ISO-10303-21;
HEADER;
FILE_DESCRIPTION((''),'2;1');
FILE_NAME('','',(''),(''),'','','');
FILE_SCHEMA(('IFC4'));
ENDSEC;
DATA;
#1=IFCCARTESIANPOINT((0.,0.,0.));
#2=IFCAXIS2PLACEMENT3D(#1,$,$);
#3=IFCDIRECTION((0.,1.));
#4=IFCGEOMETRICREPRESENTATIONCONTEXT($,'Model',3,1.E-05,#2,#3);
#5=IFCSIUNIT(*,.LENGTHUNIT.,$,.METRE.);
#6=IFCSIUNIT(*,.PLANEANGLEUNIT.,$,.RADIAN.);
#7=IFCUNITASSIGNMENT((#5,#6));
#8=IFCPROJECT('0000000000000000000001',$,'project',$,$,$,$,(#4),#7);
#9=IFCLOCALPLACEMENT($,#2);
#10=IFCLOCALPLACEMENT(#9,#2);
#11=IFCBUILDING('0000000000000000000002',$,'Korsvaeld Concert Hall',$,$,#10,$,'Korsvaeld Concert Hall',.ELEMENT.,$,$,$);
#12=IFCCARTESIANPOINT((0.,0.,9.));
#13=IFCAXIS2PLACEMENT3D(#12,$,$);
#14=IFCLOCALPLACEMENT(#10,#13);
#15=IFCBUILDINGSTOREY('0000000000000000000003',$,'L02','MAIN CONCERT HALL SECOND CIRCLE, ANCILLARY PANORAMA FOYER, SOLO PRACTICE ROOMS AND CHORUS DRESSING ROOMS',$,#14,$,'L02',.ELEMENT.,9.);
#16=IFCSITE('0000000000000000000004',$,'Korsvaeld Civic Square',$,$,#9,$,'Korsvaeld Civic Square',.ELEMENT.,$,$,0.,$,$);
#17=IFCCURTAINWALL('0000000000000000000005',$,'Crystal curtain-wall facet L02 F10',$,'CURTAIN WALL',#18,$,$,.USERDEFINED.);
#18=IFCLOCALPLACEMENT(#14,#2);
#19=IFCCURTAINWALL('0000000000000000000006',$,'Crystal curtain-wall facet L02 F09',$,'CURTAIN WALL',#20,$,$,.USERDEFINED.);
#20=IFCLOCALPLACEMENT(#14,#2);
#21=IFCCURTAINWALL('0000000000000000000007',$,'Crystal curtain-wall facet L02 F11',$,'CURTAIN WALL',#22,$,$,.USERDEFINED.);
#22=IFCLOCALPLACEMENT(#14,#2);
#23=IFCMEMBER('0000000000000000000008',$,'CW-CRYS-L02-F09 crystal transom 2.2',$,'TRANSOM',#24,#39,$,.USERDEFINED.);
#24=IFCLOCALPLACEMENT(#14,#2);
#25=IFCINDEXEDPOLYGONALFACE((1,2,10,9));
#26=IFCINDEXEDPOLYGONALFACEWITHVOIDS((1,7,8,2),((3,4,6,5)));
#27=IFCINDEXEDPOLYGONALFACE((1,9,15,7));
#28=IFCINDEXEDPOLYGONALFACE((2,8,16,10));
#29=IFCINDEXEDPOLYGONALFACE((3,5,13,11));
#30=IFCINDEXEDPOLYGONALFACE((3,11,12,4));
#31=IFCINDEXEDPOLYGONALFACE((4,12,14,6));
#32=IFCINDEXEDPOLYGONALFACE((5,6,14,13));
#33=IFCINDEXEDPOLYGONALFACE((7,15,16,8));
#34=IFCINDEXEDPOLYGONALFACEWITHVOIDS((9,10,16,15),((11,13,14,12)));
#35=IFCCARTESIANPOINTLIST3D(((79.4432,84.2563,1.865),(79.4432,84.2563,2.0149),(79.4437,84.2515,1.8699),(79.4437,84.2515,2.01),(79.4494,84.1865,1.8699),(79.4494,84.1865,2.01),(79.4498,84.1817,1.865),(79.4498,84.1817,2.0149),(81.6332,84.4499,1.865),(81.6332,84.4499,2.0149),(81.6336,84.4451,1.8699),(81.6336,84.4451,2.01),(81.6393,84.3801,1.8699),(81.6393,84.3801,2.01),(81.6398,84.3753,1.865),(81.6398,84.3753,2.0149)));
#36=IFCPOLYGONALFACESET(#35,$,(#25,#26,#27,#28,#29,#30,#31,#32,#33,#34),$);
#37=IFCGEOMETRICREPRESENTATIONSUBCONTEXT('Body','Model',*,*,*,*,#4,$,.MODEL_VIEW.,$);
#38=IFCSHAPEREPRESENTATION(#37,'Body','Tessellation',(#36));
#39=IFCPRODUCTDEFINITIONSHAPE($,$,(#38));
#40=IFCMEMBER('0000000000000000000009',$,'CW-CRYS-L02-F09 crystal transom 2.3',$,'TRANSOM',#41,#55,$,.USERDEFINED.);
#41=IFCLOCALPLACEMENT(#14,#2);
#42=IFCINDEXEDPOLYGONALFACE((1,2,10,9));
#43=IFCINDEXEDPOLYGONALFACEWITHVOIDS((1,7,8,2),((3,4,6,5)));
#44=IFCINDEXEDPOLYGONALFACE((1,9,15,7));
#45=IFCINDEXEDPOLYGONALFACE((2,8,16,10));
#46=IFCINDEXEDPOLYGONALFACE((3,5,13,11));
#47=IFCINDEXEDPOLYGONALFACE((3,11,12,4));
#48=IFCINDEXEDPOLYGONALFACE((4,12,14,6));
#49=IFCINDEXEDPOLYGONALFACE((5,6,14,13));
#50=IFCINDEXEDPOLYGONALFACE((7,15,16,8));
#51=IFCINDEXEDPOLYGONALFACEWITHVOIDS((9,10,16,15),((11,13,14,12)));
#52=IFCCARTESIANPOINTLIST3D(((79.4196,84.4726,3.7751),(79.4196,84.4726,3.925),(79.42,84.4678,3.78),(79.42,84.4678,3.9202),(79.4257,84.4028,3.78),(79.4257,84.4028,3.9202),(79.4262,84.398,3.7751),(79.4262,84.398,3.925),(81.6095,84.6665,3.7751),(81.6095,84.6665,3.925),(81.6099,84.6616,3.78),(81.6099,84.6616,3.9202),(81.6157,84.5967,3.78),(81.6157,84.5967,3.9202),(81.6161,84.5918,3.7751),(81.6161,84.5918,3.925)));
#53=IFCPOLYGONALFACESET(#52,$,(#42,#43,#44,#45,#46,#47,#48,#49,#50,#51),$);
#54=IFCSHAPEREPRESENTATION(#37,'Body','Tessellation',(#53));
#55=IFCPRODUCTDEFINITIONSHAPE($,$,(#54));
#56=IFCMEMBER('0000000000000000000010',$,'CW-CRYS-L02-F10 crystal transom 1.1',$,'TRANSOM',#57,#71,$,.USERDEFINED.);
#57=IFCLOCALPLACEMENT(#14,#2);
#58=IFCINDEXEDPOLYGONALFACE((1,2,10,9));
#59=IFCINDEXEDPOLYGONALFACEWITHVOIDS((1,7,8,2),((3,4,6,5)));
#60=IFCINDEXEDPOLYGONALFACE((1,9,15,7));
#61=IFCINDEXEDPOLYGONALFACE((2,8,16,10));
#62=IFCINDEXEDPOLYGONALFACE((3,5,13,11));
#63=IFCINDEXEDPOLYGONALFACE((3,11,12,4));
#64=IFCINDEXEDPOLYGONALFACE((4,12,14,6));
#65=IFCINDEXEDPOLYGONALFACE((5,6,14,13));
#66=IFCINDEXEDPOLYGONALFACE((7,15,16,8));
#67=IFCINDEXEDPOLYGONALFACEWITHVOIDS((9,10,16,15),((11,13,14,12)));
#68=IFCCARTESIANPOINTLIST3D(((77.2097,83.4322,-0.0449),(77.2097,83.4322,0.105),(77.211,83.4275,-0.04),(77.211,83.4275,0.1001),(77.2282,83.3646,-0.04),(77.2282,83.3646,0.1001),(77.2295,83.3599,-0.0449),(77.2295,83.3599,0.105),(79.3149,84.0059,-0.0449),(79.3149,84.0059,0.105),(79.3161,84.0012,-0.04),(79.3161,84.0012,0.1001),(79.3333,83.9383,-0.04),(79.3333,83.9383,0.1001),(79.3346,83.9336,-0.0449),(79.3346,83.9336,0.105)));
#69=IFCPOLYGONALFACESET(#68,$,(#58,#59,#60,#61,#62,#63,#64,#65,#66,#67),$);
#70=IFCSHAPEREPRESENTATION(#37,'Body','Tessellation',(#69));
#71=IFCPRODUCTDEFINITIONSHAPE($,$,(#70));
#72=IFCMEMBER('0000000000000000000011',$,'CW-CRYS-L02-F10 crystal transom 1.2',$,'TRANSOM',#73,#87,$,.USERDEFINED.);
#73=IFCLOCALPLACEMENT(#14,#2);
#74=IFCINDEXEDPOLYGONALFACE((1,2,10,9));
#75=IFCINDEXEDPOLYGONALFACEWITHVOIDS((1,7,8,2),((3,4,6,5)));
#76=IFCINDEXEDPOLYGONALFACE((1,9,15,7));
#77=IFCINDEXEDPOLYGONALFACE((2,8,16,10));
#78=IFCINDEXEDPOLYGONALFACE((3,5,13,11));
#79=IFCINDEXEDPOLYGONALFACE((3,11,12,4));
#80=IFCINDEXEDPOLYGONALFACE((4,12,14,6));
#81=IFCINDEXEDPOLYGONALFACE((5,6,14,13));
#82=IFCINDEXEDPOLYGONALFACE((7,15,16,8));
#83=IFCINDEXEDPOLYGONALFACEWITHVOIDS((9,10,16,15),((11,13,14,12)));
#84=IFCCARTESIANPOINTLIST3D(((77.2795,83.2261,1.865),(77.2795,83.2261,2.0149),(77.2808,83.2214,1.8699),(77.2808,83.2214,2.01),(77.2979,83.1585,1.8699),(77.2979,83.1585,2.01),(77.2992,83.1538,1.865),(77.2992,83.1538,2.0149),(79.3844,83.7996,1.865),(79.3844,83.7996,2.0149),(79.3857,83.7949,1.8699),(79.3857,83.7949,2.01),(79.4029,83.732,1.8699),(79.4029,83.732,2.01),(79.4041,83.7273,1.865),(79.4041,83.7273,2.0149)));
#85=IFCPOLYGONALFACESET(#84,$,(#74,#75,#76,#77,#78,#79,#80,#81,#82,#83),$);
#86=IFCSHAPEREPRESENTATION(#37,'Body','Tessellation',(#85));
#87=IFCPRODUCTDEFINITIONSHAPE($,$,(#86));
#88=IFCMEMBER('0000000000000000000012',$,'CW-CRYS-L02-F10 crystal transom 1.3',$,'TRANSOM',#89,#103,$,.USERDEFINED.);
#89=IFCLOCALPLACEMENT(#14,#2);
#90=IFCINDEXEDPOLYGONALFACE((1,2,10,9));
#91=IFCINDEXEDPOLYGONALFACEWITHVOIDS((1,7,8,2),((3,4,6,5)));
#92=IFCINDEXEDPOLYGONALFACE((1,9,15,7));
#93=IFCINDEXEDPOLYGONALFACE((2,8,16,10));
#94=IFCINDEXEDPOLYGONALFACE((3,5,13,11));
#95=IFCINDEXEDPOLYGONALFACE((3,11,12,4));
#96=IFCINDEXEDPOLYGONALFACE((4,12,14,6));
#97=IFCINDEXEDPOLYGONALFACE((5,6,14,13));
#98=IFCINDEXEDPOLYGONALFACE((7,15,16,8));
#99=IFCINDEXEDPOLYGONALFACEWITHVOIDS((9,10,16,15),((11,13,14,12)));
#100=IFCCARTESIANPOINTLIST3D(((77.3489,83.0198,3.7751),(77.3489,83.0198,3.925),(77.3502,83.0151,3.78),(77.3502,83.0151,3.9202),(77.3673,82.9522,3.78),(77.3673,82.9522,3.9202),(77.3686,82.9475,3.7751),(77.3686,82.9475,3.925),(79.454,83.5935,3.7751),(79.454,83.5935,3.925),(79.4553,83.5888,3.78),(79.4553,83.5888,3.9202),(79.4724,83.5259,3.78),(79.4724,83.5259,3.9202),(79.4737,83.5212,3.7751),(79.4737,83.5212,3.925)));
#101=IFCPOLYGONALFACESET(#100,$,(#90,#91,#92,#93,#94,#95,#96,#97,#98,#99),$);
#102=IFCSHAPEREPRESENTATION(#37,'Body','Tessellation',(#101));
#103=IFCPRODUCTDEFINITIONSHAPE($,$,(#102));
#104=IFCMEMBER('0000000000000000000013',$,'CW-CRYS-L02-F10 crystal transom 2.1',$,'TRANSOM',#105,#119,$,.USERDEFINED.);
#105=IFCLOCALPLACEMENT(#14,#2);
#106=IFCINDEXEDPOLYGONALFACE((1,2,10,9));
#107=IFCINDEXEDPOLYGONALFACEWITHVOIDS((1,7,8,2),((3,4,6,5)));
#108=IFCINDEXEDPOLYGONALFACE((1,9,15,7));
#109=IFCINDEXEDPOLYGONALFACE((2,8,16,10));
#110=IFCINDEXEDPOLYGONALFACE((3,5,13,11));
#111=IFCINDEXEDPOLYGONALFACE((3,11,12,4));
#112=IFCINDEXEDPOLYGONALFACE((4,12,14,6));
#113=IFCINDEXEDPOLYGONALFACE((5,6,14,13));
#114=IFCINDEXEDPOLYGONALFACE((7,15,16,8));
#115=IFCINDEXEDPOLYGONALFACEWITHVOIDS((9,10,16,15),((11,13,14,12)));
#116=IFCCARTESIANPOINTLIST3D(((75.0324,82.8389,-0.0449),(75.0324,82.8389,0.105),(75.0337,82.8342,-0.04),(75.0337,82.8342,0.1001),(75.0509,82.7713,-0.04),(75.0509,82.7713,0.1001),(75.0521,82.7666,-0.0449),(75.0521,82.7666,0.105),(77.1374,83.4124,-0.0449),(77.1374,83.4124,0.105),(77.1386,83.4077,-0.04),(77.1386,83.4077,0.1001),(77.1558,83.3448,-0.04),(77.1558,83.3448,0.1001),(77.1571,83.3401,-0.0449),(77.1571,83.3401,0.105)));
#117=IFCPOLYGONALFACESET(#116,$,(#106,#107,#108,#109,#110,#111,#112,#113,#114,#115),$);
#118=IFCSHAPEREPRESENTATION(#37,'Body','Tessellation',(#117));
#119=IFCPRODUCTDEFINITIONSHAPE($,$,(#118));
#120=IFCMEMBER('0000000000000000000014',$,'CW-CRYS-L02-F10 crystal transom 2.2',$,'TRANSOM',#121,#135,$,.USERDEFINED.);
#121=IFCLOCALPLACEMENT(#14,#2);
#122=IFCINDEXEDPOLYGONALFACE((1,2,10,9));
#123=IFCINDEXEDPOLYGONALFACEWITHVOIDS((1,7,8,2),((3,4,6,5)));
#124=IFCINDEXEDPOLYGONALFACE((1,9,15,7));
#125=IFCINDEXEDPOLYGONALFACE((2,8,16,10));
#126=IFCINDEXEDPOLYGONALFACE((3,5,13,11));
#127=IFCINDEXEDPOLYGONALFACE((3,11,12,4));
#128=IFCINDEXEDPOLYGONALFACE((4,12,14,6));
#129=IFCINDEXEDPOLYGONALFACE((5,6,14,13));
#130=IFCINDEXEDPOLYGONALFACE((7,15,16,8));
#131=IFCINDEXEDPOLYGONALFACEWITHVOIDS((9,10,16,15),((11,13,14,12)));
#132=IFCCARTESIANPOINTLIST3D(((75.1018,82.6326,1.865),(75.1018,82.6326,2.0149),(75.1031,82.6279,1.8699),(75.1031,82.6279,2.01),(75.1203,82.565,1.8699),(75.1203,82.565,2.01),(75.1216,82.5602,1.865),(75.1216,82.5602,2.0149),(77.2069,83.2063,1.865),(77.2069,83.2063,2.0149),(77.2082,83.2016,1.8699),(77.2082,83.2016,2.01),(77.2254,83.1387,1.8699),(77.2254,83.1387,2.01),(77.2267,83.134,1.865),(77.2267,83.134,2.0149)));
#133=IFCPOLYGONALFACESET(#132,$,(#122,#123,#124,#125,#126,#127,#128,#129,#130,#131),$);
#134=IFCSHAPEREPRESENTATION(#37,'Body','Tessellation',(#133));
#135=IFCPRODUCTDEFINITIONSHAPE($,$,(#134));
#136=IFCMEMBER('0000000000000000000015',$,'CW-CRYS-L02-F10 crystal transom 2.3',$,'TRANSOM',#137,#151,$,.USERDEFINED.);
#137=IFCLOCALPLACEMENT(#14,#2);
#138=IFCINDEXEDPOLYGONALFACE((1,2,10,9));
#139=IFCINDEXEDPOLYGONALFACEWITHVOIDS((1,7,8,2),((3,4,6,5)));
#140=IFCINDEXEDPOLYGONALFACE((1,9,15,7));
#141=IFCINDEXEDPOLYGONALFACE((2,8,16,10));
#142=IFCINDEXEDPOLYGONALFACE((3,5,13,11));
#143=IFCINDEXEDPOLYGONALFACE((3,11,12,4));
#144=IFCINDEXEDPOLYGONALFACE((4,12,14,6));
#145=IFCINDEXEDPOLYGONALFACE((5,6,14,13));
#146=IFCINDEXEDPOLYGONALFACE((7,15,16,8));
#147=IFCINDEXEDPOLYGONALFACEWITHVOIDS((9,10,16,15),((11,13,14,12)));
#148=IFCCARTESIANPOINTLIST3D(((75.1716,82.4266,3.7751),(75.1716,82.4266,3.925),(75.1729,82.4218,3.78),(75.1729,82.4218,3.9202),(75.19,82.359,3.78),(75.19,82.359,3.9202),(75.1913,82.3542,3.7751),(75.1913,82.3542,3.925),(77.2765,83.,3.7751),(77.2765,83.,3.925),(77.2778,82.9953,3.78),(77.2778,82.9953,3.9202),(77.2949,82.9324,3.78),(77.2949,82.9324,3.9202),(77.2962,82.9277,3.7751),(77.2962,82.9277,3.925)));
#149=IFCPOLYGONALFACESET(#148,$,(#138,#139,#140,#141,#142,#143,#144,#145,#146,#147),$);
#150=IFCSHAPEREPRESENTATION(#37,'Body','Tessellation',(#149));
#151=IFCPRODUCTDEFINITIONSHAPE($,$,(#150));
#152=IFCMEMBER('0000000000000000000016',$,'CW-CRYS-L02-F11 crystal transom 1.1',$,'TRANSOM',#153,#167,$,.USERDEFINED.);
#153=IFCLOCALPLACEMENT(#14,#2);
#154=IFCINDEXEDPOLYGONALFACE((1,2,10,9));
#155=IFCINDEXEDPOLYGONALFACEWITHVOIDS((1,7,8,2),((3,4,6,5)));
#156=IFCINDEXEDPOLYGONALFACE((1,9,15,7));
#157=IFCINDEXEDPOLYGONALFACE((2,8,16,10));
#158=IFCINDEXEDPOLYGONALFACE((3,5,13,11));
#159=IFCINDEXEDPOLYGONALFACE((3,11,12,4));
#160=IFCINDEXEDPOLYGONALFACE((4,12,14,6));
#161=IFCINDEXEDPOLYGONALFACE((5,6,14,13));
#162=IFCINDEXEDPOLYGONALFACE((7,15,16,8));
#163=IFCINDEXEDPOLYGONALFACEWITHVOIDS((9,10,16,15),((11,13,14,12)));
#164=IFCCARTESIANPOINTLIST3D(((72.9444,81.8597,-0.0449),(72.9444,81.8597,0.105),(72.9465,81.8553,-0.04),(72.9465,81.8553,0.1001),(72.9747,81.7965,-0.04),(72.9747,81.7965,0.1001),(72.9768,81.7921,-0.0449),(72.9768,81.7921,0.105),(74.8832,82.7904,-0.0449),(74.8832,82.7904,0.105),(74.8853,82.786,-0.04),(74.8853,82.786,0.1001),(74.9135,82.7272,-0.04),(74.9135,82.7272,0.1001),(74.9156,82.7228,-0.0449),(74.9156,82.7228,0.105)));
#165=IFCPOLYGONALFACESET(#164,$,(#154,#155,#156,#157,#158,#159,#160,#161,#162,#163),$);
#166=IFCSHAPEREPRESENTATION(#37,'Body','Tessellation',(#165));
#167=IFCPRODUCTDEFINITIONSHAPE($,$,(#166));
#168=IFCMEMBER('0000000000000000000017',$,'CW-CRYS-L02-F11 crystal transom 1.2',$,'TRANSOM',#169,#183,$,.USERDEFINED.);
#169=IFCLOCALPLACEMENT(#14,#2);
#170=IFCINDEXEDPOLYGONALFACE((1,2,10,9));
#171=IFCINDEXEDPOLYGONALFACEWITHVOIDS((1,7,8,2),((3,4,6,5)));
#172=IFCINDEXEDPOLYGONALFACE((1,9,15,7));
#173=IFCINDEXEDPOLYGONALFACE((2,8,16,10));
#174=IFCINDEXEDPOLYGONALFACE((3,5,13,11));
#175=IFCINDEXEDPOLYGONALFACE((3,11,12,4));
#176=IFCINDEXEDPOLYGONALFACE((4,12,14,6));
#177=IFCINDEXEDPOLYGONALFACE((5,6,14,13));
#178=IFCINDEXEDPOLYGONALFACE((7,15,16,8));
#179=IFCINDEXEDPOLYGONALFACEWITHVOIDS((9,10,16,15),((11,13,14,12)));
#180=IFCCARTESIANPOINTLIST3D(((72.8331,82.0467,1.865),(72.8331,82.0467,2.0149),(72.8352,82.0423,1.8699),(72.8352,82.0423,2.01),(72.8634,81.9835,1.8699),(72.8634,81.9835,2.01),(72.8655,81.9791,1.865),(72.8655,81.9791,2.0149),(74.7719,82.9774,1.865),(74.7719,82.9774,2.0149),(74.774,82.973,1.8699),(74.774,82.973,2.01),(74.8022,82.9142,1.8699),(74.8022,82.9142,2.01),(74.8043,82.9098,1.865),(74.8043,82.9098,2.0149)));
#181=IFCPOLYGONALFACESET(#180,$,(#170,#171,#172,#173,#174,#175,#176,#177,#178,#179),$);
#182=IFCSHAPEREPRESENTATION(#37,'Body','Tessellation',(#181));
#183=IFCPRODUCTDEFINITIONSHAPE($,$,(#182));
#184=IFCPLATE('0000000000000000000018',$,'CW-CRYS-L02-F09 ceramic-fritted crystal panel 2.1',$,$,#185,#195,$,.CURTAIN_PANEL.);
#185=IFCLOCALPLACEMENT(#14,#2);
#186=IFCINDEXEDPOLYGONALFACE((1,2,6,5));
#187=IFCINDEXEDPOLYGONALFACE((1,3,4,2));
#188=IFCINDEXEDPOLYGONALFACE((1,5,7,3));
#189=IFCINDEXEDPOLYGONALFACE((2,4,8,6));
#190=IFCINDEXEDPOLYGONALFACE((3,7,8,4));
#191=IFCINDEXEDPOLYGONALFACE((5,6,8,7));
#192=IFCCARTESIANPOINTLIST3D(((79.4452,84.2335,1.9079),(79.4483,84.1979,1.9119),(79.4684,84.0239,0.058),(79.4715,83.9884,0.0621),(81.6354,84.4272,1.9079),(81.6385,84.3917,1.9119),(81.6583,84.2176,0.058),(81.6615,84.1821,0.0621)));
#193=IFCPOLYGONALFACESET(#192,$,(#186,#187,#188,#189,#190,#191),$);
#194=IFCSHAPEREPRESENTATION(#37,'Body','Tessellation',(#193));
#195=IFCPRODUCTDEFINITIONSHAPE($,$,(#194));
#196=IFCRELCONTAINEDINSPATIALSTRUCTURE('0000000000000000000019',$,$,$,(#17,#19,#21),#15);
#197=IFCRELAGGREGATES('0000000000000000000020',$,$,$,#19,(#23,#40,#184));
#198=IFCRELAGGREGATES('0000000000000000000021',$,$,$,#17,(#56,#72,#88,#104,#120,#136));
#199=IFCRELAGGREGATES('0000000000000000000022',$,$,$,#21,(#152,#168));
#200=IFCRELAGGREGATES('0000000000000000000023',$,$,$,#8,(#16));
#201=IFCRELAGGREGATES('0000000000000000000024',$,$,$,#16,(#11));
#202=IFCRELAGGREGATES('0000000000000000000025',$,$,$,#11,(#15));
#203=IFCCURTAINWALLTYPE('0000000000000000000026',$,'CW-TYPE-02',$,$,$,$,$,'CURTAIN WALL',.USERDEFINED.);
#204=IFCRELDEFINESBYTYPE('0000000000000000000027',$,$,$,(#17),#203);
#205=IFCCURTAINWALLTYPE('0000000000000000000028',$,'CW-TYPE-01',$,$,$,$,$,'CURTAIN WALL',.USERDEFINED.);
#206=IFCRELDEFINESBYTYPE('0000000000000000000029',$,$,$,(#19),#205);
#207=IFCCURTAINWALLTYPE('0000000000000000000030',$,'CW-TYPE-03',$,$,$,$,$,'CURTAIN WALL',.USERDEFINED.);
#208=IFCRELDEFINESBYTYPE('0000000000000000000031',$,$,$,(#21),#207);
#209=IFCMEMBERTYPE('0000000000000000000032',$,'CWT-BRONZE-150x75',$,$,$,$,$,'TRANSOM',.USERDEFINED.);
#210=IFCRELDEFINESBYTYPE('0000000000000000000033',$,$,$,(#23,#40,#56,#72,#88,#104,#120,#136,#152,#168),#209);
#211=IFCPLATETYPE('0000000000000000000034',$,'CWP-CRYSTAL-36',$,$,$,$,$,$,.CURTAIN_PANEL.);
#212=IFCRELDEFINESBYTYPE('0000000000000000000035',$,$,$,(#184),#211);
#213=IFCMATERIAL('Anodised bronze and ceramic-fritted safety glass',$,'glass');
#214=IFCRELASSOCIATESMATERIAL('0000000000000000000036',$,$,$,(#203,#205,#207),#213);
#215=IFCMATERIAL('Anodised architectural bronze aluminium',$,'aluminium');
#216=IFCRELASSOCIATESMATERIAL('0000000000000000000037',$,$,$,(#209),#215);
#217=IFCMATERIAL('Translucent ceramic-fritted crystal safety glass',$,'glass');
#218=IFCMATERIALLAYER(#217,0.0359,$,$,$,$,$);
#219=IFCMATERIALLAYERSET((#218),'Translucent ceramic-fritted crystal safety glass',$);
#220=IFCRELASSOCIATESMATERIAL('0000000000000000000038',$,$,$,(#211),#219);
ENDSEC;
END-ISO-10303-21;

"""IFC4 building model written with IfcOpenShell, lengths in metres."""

from ifc_helpers import new_model, si_unit, direction, frame, origin, origin_2d, place, context, subcontext, project, spatial, polyline, hollow_rectangle, outline, extrude, material, layer, layer_set, material_profile, profile_set, type_object, element, aggregate, save


model = new_model("IFC4")

# Units and contexts
model_context = context("Model", 3, precision=1e-05, world=origin(), true_north=direction((0.0, 1.0)))
body_context = subcontext(model_context, "Body", "Model", "MODEL_VIEW")
ifc_project = project(units=[si_unit("LENGTHUNIT", "METRE"), si_unit("PLANEANGLEUNIT", "RADIAN")], contexts=[model_context])

# Site, building, storey
site_placement = place(None, origin())
site = spatial("IfcSite", under=ifc_project, at=site_placement, Name="Korsvaeld Civic Square", LongName="Korsvaeld Civic Square", CompositionType="ELEMENT", RefElevation=0.0)
building_placement = place(site_placement, origin())
building = spatial("IfcBuilding", under=site, at=building_placement, Name="Korsvaeld Concert Hall", LongName="Korsvaeld Concert Hall", CompositionType="ELEMENT")
storey_placement = place(building_placement, frame((0.0, 0.0, 9.0)))
storey = spatial("IfcBuildingStorey", under=building, at=storey_placement, Name="L02", Description="MAIN CONCERT HALL SECOND CIRCLE, ANCILLARY PANORAMA FOYER, SOLO PRACTICE ROOMS AND CHORUS DRESSING ROOMS", LongName="L02", CompositionType="ELEMENT", Elevation=9.0)

# Curtain wall
ifc_material_1 = material(Name="Anodised bronze and ceramic-fritted safety glass", Category="glass")
curtain_wall_type_1 = type_object("IfcCurtainWallType", Name="CW-TYPE-02", ElementType="CURTAIN WALL", PredefinedType="USERDEFINED", material=ifc_material_1)
curtain_wall_1_placement = place(storey_placement, origin())
curtain_wall_1 = element("IfcCurtainWall", 1, at=curtain_wall_1_placement, inside=storey, type_object=curtain_wall_type_1, Name="Crystal curtain-wall facet L02 F10", ObjectType="CURTAIN WALL", PredefinedType="USERDEFINED")
ifc_material_2 = material(Name="Anodised architectural bronze aluminium", Category="aluminium")

# Curtain walls
curtain_wall_type_2 = type_object("IfcCurtainWallType", Name="CW-TYPE-01", ElementType="CURTAIN WALL", PredefinedType="USERDEFINED", material=ifc_material_1)
curtain_wall_2_placement = place(storey_placement, origin())
curtain_wall_2 = element("IfcCurtainWall", 2, at=curtain_wall_2_placement, inside=storey, type_object=curtain_wall_type_2, Name="Crystal curtain-wall facet L02 F09", ObjectType="CURTAIN WALL", PredefinedType="USERDEFINED")
curtain_wall_type_3 = type_object("IfcCurtainWallType", Name="CW-TYPE-03", ElementType="CURTAIN WALL", PredefinedType="USERDEFINED", material=ifc_material_1)
curtain_wall_3_placement = place(storey_placement, origin())
curtain_wall_3 = element("IfcCurtainWall", 3, at=curtain_wall_3_placement, inside=storey, type_object=curtain_wall_type_3, Name="Crystal curtain-wall facet L02 F11", ObjectType="CURTAIN WALL", PredefinedType="USERDEFINED")

# Members
ifc_material_profile_1 = material_profile(ifc_material_2, hollow_rectangle(XDim=0.075, YDim=0.1499, WallThickness=0.0049, at=origin_2d()), Name="CWT 150x75x5")
ifc_profile_set_1 = profile_set([ifc_material_profile_1], Name="Anodised architectural bronze aluminium")
member_type_1 = type_object("IfcMemberType", Name="CWT-BRONZE-150x75", ElementType="TRANSOM", PredefinedType="USERDEFINED", material=ifc_profile_set_1)
member_1_placement = place(storey_placement, frame((81.6365, 84.4126, 1.9399), z_axis=(-0.996115, -0.088062, 0.0), x_axis=(0.088062, -0.996115, 0.0)))
member_1 = element("IfcMember", 4, at=member_1_placement, type_object=member_type_1, Name="CW-CRYS-L02-F09 crystal transom 2.2", ObjectType="TRANSOM", PredefinedType="USERDEFINED", context=body_context, shape_type="SweptSolid", body=[
    extrude(hollow_rectangle(XDim=0.075, YDim=0.1499, WallThickness=0.0049, at=origin_2d()), origin(), (0.0, 0.0, 1.0), 2.1985),
])
member_2_placement = place(storey_placement, frame((81.6128, 84.6292, 3.8501), z_axis=(-0.996105, -0.088173, 0.0), x_axis=(0.088173, -0.996105, 0.0)))
member_2 = element("IfcMember", 5, at=member_2_placement, type_object=member_type_1, Name="CW-CRYS-L02-F09 crystal transom 2.3", ObjectType="TRANSOM", PredefinedType="USERDEFINED", context=body_context, shape_type="SweptSolid", body=[
    extrude(hollow_rectangle(XDim=0.075, YDim=0.1499, WallThickness=0.0049, at=origin_2d()), origin(), (0.0, 0.0, 1.0), 2.1985),
])
member_3_placement = place(storey_placement, frame((79.3247, 83.9697, 0.03), z_axis=(-0.964813, -0.262938, 0.0), x_axis=(0.262938, -0.964813, 0.0)))
member_3 = element("IfcMember", 6, at=member_3_placement, type_object=member_type_1, Name="CW-CRYS-L02-F10 crystal transom 1.1", ObjectType="TRANSOM", PredefinedType="USERDEFINED", context=body_context, shape_type="SweptSolid", body=[
    extrude(hollow_rectangle(XDim=0.075, YDim=0.1499, WallThickness=0.0049, at=origin_2d()), origin(), (0.0, 0.0, 1.0), 2.1819),
])
member_4_placement = place(storey_placement, frame((79.3943, 83.7634, 1.9399), z_axis=(-0.964834, -0.262862, 0.0), x_axis=(0.262862, -0.964834, 0.0)))
member_4 = element("IfcMember", 7, at=member_4_placement, type_object=member_type_1, Name="CW-CRYS-L02-F10 crystal transom 1.2", ObjectType="TRANSOM", PredefinedType="USERDEFINED", context=body_context, shape_type="SweptSolid", body=[
    extrude(hollow_rectangle(XDim=0.075, YDim=0.1499, WallThickness=0.0049, at=origin_2d()), origin(), (0.0, 0.0, 1.0), 2.1816),
])
member_5_placement = place(storey_placement, frame((79.4639, 83.5574, 3.8501), z_axis=(-0.964805, -0.262966, 0.0), x_axis=(0.262966, -0.964805, 0.0)))
member_5 = element("IfcMember", 8, at=member_5_placement, type_object=member_type_1, Name="CW-CRYS-L02-F10 crystal transom 1.3", ObjectType="TRANSOM", PredefinedType="USERDEFINED", context=body_context, shape_type="SweptSolid", body=[
    extrude(hollow_rectangle(XDim=0.075, YDim=0.1499, WallThickness=0.0049, at=origin_2d()), origin(), (0.0, 0.0, 1.0), 2.1819),
])
member_6_placement = place(storey_placement, frame((77.1472, 83.3762, 0.03), z_axis=(-0.964834, -0.262862, 0.0), x_axis=(0.262862, -0.964834, 0.0)))
member_6 = element("IfcMember", 9, at=member_6_placement, type_object=member_type_1, Name="CW-CRYS-L02-F10 crystal transom 2.1", ObjectType="TRANSOM", PredefinedType="USERDEFINED", context=body_context, shape_type="SweptSolid", body=[
    extrude(hollow_rectangle(XDim=0.075, YDim=0.1499, WallThickness=0.0049, at=origin_2d()), origin(), (0.0, 0.0, 1.0), 2.1816),
])
member_7_placement = place(storey_placement, frame((77.2168, 83.1702, 1.9399), z_axis=(-0.964805, -0.262966, 0.0), x_axis=(0.262966, -0.964805, 0.0)))
member_7 = element("IfcMember", 10, at=member_7_placement, type_object=member_type_1, Name="CW-CRYS-L02-F10 crystal transom 2.2", ObjectType="TRANSOM", PredefinedType="USERDEFINED", context=body_context, shape_type="SweptSolid", body=[
    extrude(hollow_rectangle(XDim=0.075, YDim=0.1499, WallThickness=0.0049, at=origin_2d()), origin(), (0.0, 0.0, 1.0), 2.1819),
])
member_8_placement = place(storey_placement, frame((77.2864, 82.9639, 3.8501), z_axis=(-0.964834, -0.262862, 0.0), x_axis=(0.262862, -0.964834, 0.0)))
member_8 = element("IfcMember", 11, at=member_8_placement, type_object=member_type_1, Name="CW-CRYS-L02-F10 crystal transom 2.3", ObjectType="TRANSOM", PredefinedType="USERDEFINED", context=body_context, shape_type="SweptSolid", body=[
    extrude(hollow_rectangle(XDim=0.075, YDim=0.1499, WallThickness=0.0049, at=origin_2d()), origin(), (0.0, 0.0, 1.0), 2.1816),
])
member_9_placement = place(storey_placement, frame((74.8994, 82.7566, 0.03), z_axis=(-0.901509, -0.432761, 0.0), x_axis=(0.432761, -0.901509, 0.0)))
member_9 = element("IfcMember", 12, at=member_9_placement, type_object=member_type_1, Name="CW-CRYS-L02-F11 crystal transom 1.1", ObjectType="TRANSOM", PredefinedType="USERDEFINED", context=body_context, shape_type="SweptSolid", body=[
    extrude(hollow_rectangle(XDim=0.075, YDim=0.1499, WallThickness=0.0049, at=origin_2d()), origin(), (0.0, 0.0, 1.0), 2.1506),
])
member_10_placement = place(storey_placement, frame((74.7881, 82.9436, 1.9399), z_axis=(-0.901509, -0.432761, 0.0), x_axis=(0.432761, -0.901509, 0.0)))
member_10 = element("IfcMember", 13, at=member_10_placement, type_object=member_type_1, Name="CW-CRYS-L02-F11 crystal transom 1.2", ObjectType="TRANSOM", PredefinedType="USERDEFINED", context=body_context, shape_type="SweptSolid", body=[
    extrude(hollow_rectangle(XDim=0.075, YDim=0.1499, WallThickness=0.0049, at=origin_2d()), origin(), (0.0, 0.0, 1.0), 2.1506),
])

# Plate
ifc_material_3 = material(Name="Translucent ceramic-fritted crystal safety glass", Category="glass")
ifc_layer = layer(ifc_material_3, 0.0359)
ifc_layer_set = layer_set([ifc_layer], Name="Translucent ceramic-fritted crystal safety glass")
plate_type = type_object("IfcPlateType", Name="CWP-CRYSTAL-36", PredefinedType="CURTAIN_PANEL", material=ifc_layer_set)
plate_1_placement = place(storey_placement, frame((81.6599, 84.1997, 0.0601), z_axis=(-0.087546, 0.989704, -0.113229), x_axis=(-0.996111, -0.088112, 0.000006)))
plate_1 = element("IfcPlate", 14, at=plate_1_placement, type_object=plate_type, Name="CW-CRYS-L02-F09 ceramic-fritted crystal panel 2.1", PredefinedType="CURTAIN_PANEL", context=body_context, shape_type="SweptSolid", body=[
    extrude(outline(polyline([(0.0, 0.0), (2.1985, 0.0), (2.2031, 1.8618), (0.0044, 1.8618), (0.0, 0.0)])), frame((0.0, 0.0, 0.0181)), (0.0, 0.0, -1.0), 0.0359),
])
aggregate(curtain_wall_2, [member_1, member_2, plate_1])
aggregate(curtain_wall_1, [member_3, member_4, member_5, member_6, member_7, member_8])
aggregate(curtain_wall_3, [member_9, member_10])

save(model, "model.ifc")
